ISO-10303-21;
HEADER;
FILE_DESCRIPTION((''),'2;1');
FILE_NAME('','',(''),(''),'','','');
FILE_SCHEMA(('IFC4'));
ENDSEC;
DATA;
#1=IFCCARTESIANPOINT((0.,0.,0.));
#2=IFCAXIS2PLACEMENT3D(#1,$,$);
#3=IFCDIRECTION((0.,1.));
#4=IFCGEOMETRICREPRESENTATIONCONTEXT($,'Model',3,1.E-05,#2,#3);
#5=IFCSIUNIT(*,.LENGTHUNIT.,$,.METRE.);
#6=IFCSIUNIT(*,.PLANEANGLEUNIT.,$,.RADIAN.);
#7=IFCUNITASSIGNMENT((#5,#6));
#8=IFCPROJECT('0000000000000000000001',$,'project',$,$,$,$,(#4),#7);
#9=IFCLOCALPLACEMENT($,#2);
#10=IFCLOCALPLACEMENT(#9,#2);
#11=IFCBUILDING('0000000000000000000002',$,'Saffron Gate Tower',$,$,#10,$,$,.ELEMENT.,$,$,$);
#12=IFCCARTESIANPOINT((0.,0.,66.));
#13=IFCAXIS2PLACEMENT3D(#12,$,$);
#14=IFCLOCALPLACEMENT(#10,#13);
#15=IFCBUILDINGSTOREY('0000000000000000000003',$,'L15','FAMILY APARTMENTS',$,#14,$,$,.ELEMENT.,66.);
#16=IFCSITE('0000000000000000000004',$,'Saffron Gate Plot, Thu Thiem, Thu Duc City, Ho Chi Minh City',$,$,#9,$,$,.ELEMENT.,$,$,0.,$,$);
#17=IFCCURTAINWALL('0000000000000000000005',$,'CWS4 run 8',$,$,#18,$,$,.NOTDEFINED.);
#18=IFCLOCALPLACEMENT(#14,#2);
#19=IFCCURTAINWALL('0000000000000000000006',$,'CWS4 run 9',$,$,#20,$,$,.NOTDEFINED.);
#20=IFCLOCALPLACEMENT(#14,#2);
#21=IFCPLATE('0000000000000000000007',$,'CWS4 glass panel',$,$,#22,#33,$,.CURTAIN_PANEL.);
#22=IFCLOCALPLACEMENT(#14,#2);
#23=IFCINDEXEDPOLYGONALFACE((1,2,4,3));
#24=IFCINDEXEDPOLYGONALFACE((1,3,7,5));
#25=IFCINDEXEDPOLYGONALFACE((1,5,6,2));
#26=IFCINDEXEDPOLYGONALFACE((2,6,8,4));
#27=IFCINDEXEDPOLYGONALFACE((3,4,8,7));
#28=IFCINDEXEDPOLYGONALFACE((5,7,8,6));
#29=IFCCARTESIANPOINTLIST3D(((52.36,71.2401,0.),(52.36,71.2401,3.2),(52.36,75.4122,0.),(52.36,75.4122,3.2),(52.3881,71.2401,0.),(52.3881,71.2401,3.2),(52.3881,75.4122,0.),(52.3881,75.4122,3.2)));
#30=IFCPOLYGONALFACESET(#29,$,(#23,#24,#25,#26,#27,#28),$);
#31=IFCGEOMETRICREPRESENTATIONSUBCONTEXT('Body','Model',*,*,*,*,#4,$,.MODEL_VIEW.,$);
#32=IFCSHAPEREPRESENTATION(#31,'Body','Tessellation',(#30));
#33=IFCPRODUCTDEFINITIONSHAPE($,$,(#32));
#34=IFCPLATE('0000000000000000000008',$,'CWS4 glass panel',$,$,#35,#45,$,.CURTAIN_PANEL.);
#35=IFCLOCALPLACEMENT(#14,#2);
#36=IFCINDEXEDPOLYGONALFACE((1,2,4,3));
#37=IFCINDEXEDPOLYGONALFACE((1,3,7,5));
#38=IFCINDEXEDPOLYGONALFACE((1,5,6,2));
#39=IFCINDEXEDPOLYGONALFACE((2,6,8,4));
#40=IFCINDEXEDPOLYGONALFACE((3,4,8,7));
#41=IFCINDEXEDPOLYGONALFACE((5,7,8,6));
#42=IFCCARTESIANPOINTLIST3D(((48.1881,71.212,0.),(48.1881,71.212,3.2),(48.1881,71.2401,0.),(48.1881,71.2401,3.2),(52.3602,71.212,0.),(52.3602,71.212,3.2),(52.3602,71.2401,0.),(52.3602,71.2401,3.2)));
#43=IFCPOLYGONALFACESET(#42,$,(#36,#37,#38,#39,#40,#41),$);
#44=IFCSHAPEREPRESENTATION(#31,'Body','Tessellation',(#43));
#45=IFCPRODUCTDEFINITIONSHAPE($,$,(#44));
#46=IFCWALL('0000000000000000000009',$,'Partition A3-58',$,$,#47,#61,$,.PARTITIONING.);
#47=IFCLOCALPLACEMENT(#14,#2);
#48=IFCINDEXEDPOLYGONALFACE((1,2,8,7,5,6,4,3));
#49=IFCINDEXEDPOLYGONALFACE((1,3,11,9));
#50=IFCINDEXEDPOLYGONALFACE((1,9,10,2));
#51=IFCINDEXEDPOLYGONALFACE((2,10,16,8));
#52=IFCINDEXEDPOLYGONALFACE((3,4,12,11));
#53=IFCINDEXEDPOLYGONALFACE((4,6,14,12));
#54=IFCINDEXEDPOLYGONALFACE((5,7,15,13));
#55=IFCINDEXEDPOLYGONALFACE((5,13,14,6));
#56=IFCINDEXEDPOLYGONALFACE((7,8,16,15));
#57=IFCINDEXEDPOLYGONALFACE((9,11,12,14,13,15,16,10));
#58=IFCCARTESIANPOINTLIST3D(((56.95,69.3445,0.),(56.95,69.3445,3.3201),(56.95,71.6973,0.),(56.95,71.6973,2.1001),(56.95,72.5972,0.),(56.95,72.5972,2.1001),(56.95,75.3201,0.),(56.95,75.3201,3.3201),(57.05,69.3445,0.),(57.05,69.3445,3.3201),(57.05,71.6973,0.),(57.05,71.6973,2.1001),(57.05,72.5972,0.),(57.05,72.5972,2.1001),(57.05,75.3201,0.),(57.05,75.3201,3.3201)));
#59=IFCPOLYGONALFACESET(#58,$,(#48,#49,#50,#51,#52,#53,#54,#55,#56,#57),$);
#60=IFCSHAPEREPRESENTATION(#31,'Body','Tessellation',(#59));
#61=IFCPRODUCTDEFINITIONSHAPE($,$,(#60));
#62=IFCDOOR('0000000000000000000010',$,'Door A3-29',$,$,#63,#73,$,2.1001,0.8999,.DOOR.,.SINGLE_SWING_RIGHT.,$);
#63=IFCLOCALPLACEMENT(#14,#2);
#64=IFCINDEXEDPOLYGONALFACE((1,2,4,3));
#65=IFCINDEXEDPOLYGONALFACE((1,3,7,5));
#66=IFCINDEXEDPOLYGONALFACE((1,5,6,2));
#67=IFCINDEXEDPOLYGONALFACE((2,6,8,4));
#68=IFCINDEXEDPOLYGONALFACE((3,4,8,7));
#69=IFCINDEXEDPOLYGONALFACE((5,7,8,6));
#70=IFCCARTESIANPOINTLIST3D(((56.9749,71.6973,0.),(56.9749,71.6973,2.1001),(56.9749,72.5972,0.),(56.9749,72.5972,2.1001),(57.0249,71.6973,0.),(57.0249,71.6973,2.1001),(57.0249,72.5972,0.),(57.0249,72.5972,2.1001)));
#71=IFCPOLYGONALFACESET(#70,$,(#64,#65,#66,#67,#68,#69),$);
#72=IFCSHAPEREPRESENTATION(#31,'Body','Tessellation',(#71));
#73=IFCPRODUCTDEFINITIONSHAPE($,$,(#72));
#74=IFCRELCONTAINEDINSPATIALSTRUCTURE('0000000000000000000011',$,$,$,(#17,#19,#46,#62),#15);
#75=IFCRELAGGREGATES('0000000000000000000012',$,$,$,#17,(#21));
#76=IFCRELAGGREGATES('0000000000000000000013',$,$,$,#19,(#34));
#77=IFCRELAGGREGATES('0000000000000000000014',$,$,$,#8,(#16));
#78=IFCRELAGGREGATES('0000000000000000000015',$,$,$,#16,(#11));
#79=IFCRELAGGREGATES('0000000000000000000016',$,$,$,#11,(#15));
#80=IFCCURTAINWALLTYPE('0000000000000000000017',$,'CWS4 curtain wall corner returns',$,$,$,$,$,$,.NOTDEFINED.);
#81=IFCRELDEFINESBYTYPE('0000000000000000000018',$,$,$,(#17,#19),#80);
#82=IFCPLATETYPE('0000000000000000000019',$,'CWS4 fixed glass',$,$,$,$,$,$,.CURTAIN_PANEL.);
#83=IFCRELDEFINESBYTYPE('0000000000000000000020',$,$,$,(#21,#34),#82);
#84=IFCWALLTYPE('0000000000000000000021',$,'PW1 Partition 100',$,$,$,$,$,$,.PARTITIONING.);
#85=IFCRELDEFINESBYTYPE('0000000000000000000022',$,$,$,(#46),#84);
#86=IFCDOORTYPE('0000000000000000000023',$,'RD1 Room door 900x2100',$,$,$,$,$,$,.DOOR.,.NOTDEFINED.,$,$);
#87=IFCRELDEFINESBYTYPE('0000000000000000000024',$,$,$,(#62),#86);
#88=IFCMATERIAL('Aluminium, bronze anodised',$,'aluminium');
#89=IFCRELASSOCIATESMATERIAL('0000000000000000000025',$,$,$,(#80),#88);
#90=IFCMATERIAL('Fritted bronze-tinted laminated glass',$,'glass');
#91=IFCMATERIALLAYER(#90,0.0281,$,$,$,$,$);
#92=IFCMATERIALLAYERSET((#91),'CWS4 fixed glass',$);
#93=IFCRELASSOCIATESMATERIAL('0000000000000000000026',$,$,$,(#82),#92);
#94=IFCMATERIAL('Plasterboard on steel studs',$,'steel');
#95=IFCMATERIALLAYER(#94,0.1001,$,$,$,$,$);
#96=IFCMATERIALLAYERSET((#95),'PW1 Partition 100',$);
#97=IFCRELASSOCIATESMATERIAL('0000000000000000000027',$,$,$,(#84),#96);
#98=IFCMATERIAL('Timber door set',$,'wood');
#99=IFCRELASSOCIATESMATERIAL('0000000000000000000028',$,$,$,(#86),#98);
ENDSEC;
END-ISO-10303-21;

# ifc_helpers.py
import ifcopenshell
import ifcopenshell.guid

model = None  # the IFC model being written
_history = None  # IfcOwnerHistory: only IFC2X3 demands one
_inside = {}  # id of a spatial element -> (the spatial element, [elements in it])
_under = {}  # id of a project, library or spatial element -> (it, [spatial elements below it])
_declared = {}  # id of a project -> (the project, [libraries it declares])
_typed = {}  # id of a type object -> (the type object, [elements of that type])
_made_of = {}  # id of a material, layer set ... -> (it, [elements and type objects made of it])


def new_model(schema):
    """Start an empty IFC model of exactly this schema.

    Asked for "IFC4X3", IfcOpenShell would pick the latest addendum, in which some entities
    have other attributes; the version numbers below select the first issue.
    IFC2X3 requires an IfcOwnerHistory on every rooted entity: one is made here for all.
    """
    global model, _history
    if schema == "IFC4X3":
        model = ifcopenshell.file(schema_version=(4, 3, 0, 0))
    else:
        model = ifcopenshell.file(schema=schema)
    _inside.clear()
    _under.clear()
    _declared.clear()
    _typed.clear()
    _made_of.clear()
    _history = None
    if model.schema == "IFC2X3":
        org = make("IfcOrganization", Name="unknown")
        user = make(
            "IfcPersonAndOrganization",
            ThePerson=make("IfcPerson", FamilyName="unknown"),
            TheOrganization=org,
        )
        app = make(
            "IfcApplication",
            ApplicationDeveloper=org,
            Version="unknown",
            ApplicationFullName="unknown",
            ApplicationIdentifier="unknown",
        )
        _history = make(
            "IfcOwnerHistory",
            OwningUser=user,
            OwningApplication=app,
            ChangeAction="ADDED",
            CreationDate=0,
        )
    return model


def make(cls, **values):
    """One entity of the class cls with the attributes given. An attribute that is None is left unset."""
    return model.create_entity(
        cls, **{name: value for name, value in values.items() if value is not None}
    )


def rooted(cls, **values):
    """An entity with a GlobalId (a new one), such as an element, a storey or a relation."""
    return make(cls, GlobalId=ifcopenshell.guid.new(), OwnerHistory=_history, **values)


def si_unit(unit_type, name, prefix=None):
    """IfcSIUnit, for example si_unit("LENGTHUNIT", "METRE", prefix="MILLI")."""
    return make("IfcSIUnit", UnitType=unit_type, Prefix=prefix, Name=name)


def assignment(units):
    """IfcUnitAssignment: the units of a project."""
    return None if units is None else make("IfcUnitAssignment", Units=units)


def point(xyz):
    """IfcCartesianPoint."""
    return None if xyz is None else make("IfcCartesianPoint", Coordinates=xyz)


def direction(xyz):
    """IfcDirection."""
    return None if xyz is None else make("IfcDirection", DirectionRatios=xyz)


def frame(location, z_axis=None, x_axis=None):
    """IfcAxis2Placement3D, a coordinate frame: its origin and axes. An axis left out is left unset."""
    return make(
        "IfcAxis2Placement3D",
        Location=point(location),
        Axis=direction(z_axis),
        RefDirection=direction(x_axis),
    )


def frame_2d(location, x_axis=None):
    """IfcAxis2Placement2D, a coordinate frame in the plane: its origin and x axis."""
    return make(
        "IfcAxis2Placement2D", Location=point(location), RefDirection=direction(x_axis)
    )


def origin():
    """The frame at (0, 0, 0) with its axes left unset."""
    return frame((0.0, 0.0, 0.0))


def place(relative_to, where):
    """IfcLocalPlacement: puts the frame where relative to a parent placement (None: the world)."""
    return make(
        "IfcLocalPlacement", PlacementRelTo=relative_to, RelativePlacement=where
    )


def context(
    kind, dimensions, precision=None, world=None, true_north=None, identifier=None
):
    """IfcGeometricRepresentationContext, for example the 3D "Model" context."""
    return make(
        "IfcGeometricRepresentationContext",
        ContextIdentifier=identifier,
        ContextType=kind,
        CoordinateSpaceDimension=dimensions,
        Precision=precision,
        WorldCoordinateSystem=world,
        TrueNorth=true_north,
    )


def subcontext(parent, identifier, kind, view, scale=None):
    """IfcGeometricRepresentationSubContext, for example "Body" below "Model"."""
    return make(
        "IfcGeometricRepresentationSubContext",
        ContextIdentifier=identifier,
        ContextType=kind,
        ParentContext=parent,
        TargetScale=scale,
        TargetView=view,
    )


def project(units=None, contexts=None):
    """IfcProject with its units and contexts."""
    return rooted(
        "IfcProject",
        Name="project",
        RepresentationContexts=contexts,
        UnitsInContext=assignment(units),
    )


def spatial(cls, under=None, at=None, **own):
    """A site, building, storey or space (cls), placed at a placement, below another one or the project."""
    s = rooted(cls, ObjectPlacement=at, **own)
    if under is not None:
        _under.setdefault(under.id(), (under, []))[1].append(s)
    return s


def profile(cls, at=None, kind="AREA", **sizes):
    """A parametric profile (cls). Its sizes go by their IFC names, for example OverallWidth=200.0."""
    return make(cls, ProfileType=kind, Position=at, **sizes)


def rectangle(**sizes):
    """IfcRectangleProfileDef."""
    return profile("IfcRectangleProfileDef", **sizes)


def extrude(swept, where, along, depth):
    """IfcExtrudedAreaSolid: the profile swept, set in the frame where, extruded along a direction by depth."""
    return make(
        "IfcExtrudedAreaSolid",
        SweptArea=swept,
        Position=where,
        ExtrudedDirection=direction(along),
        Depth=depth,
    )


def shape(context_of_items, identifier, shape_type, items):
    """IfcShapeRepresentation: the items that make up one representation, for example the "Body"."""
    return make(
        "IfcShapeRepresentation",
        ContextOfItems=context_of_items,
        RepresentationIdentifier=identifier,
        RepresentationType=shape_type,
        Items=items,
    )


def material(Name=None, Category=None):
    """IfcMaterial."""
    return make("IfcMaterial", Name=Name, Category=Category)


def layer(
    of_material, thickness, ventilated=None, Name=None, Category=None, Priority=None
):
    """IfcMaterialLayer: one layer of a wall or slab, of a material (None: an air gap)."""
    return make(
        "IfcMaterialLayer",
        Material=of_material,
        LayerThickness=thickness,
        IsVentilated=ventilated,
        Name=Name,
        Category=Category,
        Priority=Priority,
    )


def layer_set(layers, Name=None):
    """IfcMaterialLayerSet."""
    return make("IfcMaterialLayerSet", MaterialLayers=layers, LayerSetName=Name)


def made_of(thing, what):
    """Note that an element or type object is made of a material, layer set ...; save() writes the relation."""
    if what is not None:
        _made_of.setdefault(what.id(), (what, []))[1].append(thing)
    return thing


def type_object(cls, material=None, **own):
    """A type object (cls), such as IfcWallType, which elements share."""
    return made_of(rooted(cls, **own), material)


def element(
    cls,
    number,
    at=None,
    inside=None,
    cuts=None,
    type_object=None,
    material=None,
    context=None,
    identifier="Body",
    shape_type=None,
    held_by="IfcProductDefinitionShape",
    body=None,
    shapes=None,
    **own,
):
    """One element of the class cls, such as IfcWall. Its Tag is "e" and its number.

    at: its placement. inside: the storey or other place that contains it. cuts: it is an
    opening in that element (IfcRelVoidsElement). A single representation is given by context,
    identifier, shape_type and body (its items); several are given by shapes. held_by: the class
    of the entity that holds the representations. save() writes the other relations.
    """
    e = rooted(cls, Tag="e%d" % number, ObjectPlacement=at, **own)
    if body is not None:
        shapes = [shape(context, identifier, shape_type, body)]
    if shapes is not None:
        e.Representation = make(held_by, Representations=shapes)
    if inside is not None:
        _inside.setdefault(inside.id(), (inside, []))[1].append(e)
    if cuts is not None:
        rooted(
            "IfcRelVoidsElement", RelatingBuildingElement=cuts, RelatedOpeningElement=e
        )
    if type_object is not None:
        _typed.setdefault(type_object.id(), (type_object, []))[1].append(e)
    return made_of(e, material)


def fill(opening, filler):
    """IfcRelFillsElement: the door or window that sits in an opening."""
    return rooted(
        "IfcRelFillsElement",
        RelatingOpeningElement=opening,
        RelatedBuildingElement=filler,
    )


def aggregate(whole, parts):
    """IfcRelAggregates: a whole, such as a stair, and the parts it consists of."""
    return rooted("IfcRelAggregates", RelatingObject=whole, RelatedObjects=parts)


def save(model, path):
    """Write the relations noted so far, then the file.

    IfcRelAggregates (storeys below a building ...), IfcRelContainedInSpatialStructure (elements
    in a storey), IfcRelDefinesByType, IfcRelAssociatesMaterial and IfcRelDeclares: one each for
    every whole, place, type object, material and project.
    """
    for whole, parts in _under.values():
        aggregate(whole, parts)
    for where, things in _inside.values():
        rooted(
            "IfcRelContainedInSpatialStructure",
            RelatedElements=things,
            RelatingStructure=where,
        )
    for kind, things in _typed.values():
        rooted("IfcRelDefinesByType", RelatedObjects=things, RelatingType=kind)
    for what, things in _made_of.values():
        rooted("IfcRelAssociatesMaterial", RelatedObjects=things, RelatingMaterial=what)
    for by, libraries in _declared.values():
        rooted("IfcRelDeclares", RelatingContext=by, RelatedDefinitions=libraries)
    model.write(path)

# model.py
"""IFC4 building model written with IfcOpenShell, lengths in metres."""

from ifc_helpers import new_model, si_unit, direction, frame, frame_2d, origin, place, context, subcontext, project, spatial, rectangle, extrude, material, layer, layer_set, type_object, element, fill, aggregate, save


model = new_model("IFC4")

# Units and contexts
model_context = context("Model", 3, precision=1e-05, world=origin(), true_north=direction((0.0, 1.0)))
body_context = subcontext(model_context, "Body", "Model", "MODEL_VIEW")
ifc_project = project(units=[si_unit("LENGTHUNIT", "METRE"), si_unit("PLANEANGLEUNIT", "RADIAN")], contexts=[model_context])

# Site, building, storey
site_placement = place(None, origin())
site = spatial("IfcSite", under=ifc_project, at=site_placement, Name="Saffron Gate Plot, Thu Thiem, Thu Duc City, Ho Chi Minh City", CompositionType="ELEMENT", RefElevation=0.0)
building_placement = place(site_placement, origin())
building = spatial("IfcBuilding", under=site, at=building_placement, Name="Saffron Gate Tower", CompositionType="ELEMENT")
storey_placement = place(building_placement, frame((0.0, 0.0, 66.0)))
storey = spatial("IfcBuildingStorey", under=building, at=storey_placement, Name="L15", Description="FAMILY APARTMENTS", CompositionType="ELEMENT", Elevation=66.0)

# Shared definitions
ifc_material_1 = material(Name="Aluminium, bronze anodised", Category="aluminium")

# Curtain walls
curtain_wall_type_1 = type_object("IfcCurtainWallType", Name="CWS4 curtain wall corner returns", PredefinedType="NOTDEFINED", material=ifc_material_1)
curtain_wall_1_placement = place(storey_placement, origin())
curtain_wall_1 = element("IfcCurtainWall", 1, at=curtain_wall_1_placement, inside=storey, type_object=curtain_wall_type_1, Name="CWS4 run 8", PredefinedType="NOTDEFINED")
curtain_wall_2_placement = place(storey_placement, origin())
curtain_wall_2 = element("IfcCurtainWall", 2, at=curtain_wall_2_placement, inside=storey, type_object=curtain_wall_type_1, Name="CWS4 run 9", PredefinedType="NOTDEFINED")

# Shared definitions
ifc_material_2 = material(Name="Fritted bronze-tinted laminated glass", Category="glass")

# Plates
ifc_layer_1 = layer(ifc_material_2, 0.0281)
ifc_layer_set_1 = layer_set([ifc_layer_1], Name="CWS4 fixed glass")
plate_type_1 = type_object("IfcPlateType", Name="CWS4 fixed glass", PredefinedType="CURTAIN_PANEL", material=ifc_layer_set_1)
plate_1_placement = place(storey_placement, frame((52.374, 75.4121, 0.0), z_axis=(0.0, 0.0, 1.0), x_axis=(0.0, -1.0, 0.0)))
plate_1 = element("IfcPlate", 3, at=plate_1_placement, type_object=plate_type_1, Name="CWS4 glass panel", PredefinedType="CURTAIN_PANEL", context=body_context, shape_type="SweptSolid", body=[
    extrude(rectangle(XDim=4.1721, YDim=0.0281, at=frame_2d((2.0859, 0.0))), origin(), (0.0, 0.0, 1.0), 3.2),
])
aggregate(curtain_wall_1, [plate_1])
plate_2_placement = place(storey_placement, frame((52.3601, 71.2261, 0.0), z_axis=(0.0, 0.0, 1.0), x_axis=(-1.0, 0.0, 0.0)))
plate_2 = element("IfcPlate", 4, at=plate_2_placement, type_object=plate_type_1, Name="CWS4 glass panel", PredefinedType="CURTAIN_PANEL", context=body_context, shape_type="SweptSolid", body=[
    extrude(rectangle(XDim=4.1721, YDim=0.0281, at=frame_2d((2.0859, 0.0))), origin(), (0.0, 0.0, 1.0), 3.2),
])
aggregate(curtain_wall_2, [plate_2])

# Wall, opening, door
ifc_material_3 = material(Name="Plasterboard on steel studs", Category="steel")
ifc_layer_2 = layer(ifc_material_3, 0.1001)
ifc_layer_set_2 = layer_set([ifc_layer_2], Name="PW1 Partition 100")
wall_type = type_object("IfcWallType", Name="PW1 Partition 100", PredefinedType="PARTITIONING", material=ifc_layer_set_2)
wall_placement = place(storey_placement, frame((57.0, 75.3201, 0.0), z_axis=(0.0, 0.0, 1.0), x_axis=(0.0, -1.0, 0.0)))
wall = element("IfcWall", 5, at=wall_placement, inside=storey, type_object=wall_type, Name="Partition A3-58", PredefinedType="PARTITIONING", context=body_context, shape_type="SweptSolid", body=[
    extrude(rectangle(XDim=5.9756, YDim=0.1001, at=frame_2d((2.9878, 0.0))), origin(), (0.0, 0.0, 1.0), 3.3201),
])
opening_1_placement = place(wall_placement, frame((2.7229, 0.0, 0.0)))
opening_1 = element("IfcOpeningElement", 6, at=opening_1_placement, cuts=wall, PredefinedType="OPENING", context=body_context, shape_type="SweptSolid", body=[
    extrude(rectangle(XDim=0.8999, YDim=2.1001, at=frame_2d((0.45, 1.05))), frame((0.0, 0.0601, 0.0), z_axis=(0.0, -1.0, 0.0), x_axis=(1.0, 0.0, 0.0)), (0.0, 0.0, 1.0), 0.1201),
])
ifc_material_4 = material(Name="Timber door set", Category="wood")
door_type = type_object("IfcDoorType", Name="RD1 Room door 900x2100", OperationType="NOTDEFINED", PredefinedType="DOOR", material=ifc_material_4)
door_placement = place(opening_1_placement, origin())
door = element("IfcDoor", 7, at=door_placement, inside=storey, type_object=door_type, Name="Door A3-29", OperationType="SINGLE_SWING_RIGHT", OverallHeight=2.1001, OverallWidth=0.8999, PredefinedType="DOOR", context=body_context, shape_type="SweptSolid", body=[
    extrude(rectangle(XDim=0.8999, YDim=2.1001, at=frame_2d((0.45, 1.05))), frame((0.0, 0.0249, 0.0), z_axis=(0.0, -1.0, 0.0), x_axis=(1.0, 0.0, 0.0)), (0.0, 0.0, 1.0), 0.05),
])
fill(opening_1, door)

save(model, "model.ifc")
